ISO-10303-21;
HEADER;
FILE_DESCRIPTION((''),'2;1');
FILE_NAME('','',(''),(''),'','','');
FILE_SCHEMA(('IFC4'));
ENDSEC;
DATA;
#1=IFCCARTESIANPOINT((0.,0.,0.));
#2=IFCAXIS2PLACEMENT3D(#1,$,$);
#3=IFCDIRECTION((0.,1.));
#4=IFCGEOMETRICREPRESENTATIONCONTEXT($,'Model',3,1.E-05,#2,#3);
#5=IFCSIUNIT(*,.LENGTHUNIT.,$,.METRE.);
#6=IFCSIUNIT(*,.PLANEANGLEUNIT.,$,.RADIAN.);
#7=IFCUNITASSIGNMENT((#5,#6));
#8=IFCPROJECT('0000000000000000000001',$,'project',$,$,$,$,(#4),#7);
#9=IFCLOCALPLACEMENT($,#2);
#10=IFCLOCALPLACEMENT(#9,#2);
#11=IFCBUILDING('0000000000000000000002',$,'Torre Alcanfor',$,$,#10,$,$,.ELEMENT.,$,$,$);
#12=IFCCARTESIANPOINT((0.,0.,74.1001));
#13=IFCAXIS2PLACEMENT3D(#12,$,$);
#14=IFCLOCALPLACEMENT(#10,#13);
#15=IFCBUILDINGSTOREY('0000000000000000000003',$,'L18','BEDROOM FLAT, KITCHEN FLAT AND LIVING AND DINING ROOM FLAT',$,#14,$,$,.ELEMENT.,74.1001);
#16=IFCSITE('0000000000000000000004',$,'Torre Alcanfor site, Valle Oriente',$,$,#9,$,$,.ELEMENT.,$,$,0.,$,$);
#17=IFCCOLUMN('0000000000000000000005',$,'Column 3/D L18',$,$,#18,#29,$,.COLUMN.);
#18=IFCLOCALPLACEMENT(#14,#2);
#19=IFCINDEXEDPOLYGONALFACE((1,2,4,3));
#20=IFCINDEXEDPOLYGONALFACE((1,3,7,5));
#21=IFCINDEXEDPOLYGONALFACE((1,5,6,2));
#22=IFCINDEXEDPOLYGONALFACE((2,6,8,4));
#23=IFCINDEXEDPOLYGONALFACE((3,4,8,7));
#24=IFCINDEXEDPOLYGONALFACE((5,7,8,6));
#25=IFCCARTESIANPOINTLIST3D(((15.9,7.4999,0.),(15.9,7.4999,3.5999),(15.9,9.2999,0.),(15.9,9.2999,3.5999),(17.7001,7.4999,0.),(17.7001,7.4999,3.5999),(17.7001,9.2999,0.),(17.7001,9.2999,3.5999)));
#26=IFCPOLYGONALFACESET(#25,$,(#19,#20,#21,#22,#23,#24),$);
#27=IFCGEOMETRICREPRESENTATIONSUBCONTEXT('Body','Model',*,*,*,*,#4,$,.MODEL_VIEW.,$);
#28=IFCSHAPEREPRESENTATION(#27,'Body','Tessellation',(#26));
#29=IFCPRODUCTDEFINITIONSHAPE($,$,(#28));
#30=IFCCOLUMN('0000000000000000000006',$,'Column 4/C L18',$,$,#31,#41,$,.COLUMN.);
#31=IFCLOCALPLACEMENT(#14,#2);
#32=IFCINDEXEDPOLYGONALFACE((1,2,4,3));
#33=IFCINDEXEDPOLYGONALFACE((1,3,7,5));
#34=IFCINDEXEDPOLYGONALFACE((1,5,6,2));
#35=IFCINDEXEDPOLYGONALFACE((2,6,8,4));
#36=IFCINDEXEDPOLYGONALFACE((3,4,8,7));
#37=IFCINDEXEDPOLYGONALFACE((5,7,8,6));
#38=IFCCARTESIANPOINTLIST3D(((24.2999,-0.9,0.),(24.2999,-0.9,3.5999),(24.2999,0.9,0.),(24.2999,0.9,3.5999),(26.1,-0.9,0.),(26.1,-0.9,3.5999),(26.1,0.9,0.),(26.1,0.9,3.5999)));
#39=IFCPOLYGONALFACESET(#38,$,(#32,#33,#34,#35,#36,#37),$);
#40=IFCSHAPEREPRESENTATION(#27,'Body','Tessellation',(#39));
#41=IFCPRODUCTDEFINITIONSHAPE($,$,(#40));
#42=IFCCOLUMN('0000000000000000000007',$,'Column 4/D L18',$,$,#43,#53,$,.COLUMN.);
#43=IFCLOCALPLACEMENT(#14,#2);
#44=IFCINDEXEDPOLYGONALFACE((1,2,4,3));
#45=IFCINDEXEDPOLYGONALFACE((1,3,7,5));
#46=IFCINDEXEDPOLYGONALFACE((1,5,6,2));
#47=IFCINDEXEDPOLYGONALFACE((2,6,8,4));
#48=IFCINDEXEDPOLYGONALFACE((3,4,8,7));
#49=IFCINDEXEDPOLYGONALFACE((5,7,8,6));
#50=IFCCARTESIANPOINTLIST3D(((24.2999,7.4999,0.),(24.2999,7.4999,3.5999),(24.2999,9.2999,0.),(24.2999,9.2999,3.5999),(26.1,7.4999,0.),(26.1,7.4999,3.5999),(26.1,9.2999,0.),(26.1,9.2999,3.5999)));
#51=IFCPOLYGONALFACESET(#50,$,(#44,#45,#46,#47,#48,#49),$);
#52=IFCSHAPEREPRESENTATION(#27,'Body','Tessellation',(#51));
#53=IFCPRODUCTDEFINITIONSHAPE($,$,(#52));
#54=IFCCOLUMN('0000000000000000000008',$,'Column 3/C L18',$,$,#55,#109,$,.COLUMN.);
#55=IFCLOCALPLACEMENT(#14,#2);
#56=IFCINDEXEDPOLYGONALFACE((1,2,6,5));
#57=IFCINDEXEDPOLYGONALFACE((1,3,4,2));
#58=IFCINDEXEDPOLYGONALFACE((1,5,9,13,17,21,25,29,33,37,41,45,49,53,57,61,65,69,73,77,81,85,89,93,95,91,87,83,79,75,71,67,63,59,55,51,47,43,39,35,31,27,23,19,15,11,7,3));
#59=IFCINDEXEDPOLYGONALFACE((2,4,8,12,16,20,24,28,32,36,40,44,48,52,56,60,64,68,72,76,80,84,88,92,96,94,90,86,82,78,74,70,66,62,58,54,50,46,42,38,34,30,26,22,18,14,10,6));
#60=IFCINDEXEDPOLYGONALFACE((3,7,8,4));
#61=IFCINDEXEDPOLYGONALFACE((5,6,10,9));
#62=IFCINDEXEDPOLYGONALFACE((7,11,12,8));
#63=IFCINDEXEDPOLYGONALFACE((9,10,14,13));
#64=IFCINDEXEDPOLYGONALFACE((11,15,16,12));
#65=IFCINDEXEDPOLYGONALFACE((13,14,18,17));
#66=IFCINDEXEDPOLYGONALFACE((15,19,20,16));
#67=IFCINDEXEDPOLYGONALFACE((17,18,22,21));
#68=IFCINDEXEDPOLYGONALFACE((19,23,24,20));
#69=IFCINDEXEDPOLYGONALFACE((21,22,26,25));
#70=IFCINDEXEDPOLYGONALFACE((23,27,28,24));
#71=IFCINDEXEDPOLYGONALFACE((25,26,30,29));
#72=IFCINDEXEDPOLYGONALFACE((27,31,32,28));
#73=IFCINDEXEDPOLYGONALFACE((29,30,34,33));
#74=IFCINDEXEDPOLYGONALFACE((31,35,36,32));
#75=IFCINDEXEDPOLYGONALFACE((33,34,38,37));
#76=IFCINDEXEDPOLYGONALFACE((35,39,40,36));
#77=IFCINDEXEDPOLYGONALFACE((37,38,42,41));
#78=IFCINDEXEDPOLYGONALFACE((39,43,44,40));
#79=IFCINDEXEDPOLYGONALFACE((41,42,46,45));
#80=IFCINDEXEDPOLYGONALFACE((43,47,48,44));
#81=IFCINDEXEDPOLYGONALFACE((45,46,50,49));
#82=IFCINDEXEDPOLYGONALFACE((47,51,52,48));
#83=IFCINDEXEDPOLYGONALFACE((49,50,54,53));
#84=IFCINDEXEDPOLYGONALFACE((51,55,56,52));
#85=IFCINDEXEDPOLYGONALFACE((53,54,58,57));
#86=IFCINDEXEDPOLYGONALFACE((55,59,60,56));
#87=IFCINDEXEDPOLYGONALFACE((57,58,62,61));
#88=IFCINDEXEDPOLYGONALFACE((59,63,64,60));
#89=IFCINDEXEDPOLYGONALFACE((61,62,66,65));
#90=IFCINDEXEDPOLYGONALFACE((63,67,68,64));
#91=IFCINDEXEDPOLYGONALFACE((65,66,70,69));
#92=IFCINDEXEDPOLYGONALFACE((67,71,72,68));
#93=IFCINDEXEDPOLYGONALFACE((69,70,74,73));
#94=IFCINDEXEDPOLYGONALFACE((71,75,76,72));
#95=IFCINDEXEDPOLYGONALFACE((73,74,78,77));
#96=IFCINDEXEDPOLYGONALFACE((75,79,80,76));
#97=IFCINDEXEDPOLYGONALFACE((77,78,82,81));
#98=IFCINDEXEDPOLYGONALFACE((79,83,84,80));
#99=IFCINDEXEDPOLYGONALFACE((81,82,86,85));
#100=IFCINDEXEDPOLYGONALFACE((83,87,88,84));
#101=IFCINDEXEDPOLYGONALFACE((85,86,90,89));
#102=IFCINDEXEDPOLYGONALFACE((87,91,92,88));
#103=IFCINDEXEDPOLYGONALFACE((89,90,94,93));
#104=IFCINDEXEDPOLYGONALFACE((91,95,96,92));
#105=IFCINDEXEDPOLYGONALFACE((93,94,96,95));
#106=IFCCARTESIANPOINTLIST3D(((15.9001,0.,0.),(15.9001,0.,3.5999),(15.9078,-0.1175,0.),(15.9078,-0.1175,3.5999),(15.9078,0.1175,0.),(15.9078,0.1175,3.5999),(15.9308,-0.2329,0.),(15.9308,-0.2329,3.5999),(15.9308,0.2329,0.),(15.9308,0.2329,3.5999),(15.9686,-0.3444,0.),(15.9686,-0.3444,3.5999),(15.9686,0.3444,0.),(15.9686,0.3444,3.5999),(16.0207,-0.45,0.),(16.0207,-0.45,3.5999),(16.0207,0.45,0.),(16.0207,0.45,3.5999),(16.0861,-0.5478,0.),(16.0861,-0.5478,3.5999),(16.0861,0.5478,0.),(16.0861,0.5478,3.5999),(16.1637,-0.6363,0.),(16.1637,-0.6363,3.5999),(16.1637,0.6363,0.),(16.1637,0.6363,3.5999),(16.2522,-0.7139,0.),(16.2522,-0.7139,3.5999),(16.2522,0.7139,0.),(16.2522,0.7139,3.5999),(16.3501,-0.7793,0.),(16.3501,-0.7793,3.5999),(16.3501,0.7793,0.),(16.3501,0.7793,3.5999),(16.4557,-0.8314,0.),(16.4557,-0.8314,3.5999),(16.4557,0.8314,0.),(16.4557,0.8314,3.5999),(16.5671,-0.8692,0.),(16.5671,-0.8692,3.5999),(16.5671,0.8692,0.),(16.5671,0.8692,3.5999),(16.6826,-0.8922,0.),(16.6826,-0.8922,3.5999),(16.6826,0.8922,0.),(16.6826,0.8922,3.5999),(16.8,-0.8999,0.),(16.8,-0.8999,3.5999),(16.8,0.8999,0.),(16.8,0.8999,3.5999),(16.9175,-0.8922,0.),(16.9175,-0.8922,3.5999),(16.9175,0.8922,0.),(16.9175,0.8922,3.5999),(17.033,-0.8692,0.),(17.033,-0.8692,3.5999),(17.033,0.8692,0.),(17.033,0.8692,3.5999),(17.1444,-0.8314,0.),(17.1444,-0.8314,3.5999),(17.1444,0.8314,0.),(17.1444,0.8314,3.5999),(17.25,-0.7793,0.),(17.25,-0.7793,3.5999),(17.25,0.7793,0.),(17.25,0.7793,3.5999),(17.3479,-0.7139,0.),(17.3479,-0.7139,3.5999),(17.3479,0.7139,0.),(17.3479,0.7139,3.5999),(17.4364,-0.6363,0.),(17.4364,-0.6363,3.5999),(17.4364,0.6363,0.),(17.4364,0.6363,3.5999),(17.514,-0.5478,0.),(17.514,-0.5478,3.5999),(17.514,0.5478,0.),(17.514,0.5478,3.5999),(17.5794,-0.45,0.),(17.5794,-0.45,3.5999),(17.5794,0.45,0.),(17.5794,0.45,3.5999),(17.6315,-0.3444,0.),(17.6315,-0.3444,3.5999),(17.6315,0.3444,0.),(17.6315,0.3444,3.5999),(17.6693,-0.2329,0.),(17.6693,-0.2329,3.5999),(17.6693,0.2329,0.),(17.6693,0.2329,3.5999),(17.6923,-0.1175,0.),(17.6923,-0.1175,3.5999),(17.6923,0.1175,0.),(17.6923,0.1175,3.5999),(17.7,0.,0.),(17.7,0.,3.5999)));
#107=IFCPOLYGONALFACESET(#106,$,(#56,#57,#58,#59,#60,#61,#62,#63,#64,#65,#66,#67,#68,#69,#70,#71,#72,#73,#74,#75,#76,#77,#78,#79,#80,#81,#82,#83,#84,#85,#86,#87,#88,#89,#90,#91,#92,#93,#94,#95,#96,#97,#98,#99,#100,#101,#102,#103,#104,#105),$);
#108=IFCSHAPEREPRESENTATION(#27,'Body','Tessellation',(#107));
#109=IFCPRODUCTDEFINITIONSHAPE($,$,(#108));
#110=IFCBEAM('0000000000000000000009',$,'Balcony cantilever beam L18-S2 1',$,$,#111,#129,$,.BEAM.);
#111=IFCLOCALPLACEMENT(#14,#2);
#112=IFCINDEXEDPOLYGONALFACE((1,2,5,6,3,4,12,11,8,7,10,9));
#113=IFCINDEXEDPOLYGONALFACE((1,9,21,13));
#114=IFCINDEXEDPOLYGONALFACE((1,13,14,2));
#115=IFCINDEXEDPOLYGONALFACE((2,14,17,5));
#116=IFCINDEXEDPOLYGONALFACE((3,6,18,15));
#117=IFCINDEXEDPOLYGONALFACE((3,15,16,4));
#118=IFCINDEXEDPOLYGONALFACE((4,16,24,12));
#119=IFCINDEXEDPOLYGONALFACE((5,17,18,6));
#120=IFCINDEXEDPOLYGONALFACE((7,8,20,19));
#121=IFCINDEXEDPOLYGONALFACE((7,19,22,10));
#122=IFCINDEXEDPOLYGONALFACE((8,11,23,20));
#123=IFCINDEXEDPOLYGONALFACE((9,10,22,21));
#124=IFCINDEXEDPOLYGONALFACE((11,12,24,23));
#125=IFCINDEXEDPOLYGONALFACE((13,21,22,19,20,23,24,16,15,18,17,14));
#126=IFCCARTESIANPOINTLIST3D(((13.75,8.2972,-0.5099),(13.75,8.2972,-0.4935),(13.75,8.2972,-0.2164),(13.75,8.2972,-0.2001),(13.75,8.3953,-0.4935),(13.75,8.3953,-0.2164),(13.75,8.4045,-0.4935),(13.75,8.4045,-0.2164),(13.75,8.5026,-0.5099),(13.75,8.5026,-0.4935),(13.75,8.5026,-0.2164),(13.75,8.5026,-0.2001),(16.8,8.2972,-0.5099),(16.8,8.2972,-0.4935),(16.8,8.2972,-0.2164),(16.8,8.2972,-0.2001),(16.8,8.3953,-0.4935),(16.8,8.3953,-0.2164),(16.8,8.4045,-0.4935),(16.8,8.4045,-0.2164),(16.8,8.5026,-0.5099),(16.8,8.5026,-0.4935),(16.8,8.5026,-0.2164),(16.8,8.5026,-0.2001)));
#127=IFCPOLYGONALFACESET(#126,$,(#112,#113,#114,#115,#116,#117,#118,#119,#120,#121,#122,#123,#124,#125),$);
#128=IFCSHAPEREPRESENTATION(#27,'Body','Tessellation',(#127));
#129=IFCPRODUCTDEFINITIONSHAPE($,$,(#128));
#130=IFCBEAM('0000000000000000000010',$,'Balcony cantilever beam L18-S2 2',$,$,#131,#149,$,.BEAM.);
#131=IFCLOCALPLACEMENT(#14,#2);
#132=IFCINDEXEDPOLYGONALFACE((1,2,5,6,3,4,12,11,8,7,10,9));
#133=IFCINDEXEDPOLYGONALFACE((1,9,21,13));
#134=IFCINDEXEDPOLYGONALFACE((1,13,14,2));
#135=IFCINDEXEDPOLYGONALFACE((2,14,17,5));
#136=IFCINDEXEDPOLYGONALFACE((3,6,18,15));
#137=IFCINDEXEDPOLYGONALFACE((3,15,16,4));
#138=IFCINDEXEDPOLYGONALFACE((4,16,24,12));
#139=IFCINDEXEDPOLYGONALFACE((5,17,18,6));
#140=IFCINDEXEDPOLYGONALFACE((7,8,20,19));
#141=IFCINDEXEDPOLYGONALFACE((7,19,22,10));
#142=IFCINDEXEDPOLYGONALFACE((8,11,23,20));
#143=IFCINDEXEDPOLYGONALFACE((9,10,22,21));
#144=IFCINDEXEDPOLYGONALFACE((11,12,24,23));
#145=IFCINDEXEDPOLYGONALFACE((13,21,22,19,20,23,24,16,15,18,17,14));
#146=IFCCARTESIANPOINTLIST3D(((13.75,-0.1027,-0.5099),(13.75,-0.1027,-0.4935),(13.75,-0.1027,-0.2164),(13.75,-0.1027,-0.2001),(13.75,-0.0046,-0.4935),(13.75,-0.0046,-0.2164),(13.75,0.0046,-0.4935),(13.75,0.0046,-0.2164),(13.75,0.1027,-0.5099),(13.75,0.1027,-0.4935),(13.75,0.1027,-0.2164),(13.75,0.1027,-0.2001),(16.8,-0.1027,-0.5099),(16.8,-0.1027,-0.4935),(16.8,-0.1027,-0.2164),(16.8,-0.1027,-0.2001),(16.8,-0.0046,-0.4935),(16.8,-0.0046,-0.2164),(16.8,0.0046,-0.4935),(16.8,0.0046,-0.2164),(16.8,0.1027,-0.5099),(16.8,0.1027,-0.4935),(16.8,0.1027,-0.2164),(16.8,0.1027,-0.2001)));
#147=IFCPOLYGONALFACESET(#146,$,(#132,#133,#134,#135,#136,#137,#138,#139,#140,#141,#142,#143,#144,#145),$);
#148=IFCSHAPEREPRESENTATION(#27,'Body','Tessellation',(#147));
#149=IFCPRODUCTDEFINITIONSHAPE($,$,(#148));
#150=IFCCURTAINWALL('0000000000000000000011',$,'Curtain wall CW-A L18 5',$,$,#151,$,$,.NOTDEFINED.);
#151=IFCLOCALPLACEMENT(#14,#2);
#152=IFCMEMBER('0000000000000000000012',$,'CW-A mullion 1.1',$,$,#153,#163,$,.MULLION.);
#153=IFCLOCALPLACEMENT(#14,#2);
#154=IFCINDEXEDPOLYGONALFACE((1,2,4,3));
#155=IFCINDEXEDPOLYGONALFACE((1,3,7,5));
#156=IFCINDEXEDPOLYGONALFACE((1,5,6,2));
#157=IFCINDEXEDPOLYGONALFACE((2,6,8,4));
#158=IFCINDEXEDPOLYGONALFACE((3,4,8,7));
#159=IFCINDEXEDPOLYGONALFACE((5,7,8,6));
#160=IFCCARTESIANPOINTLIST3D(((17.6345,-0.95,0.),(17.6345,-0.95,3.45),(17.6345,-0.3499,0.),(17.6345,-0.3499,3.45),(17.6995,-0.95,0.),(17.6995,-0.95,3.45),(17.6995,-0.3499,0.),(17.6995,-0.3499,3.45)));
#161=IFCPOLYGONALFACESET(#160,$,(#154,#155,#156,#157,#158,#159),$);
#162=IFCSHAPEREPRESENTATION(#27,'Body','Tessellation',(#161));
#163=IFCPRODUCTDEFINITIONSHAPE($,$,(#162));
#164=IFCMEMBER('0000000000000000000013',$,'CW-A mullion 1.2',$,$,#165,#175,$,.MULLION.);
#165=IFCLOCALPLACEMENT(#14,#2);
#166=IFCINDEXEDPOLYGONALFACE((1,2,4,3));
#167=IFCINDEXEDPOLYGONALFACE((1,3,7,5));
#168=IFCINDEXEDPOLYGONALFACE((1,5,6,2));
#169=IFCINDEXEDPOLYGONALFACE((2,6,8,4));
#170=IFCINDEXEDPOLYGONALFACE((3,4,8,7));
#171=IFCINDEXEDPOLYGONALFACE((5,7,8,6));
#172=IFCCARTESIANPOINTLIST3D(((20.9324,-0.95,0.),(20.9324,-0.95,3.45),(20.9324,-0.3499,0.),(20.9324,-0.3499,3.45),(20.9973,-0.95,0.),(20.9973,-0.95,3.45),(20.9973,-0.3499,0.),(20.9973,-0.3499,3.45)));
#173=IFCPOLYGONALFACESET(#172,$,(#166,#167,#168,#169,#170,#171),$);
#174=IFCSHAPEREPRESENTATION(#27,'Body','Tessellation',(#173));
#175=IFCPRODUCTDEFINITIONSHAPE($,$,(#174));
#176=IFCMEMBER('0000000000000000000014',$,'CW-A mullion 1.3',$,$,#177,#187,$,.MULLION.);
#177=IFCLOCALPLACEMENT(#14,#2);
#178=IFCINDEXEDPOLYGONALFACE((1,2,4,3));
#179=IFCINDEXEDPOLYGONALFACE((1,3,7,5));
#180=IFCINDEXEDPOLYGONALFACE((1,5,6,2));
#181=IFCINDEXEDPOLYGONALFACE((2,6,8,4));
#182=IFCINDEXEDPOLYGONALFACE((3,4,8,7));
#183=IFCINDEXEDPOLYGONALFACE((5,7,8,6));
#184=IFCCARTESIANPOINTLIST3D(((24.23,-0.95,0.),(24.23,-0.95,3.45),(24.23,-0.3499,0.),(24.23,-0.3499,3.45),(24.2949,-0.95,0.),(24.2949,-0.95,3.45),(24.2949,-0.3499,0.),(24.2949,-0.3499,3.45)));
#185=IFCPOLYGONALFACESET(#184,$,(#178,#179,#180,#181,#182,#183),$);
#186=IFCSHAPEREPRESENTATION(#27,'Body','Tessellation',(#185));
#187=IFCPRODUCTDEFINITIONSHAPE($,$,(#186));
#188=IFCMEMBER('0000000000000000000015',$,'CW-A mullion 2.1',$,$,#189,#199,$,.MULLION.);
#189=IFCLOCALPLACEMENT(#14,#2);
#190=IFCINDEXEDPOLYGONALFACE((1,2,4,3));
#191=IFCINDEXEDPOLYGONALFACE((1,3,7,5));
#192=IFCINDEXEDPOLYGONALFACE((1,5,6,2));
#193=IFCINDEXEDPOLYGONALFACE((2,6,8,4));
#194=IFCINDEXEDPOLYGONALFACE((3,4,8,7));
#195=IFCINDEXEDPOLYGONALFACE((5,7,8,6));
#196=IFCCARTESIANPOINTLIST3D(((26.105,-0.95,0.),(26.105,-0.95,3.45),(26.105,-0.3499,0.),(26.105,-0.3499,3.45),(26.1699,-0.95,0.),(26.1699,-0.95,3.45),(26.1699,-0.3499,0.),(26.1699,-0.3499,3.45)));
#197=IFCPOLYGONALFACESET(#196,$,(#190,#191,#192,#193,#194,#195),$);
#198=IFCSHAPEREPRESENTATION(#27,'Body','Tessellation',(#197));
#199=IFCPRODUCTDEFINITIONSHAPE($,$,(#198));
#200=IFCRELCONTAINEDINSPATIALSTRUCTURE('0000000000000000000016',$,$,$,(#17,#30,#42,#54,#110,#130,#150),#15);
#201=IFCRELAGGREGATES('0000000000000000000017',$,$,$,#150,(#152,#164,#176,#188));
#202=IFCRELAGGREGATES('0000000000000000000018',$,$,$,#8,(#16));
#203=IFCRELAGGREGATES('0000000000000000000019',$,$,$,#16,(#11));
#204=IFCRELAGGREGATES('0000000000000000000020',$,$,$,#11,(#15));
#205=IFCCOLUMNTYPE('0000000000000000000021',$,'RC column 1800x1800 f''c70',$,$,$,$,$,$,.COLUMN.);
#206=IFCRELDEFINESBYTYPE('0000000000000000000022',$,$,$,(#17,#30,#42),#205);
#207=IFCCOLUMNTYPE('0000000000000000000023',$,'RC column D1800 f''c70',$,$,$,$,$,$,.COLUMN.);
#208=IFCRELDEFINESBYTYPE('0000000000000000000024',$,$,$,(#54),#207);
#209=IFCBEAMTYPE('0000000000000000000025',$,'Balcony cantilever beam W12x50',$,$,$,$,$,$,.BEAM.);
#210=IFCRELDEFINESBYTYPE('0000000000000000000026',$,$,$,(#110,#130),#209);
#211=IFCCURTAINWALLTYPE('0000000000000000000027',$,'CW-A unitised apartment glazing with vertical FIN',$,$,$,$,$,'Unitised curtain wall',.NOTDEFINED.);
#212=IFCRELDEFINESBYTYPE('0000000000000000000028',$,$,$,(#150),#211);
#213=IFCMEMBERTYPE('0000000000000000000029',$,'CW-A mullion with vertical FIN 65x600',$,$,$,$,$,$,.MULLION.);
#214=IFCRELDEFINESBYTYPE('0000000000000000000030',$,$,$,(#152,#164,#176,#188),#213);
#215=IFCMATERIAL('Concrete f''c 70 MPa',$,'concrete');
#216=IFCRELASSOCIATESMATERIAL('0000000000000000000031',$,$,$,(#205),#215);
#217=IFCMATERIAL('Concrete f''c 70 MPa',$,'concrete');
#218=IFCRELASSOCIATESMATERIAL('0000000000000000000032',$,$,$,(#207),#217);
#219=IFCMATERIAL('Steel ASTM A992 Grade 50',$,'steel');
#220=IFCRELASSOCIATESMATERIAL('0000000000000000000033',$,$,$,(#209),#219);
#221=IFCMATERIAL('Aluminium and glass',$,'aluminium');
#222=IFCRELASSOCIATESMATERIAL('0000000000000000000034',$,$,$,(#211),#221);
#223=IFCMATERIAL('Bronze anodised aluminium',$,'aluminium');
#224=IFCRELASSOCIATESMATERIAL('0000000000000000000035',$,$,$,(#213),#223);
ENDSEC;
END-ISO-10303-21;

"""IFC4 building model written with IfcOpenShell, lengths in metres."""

from ifc_helpers import new_model, si_unit, direction, frame, origin, origin_2d, place, context, subcontext, project, spatial, rectangle, circle, i_section, extrude, material, material_profile, profile_set, type_object, element, aggregate, save


model = new_model("IFC4")

# Units and contexts
model_context = context("Model", 3, precision=1e-05, world=origin(), true_north=direction((0.0, 1.0)))
body_context = subcontext(model_context, "Body", "Model", "MODEL_VIEW")
ifc_project = project(units=[si_unit("LENGTHUNIT", "METRE"), si_unit("PLANEANGLEUNIT", "RADIAN")], contexts=[model_context])

# Site, building, storey
site_placement = place(None, origin())
site = spatial("IfcSite", under=ifc_project, at=site_placement, Name="Torre Alcanfor site, Valle Oriente", CompositionType="ELEMENT", RefElevation=0.0)
building_placement = place(site_placement, origin())
building = spatial("IfcBuilding", under=site, at=building_placement, Name="Torre Alcanfor", CompositionType="ELEMENT")
storey_placement = place(building_placement, frame((0.0, 0.0, 74.1001)))
storey = spatial("IfcBuildingStorey", under=building, at=storey_placement, Name="L18", Description="BEDROOM FLAT, KITCHEN FLAT AND LIVING AND DINING ROOM FLAT", CompositionType="ELEMENT", Elevation=74.1001)

# Columns
ifc_material_1 = material(Name="Concrete f'c 70 MPa", Category="concrete")
ifc_material_profile_1 = material_profile(ifc_material_1, rectangle(XDim=1.8, YDim=1.8, at=origin_2d()), Name="1800x1800")
ifc_profile_set_1 = profile_set([ifc_material_profile_1], Name="Concrete f'c 70 MPa")
column_type_1 = type_object("IfcColumnType", Name="RC column 1800x1800 f'c70", PredefinedType="COLUMN", material=ifc_profile_set_1)
for number, where, z_axis, x_axis, name in (
    (1, (16.8, 8.3999, 0.0), (0.0, 0.0, 1.0), (1.0, 0.0, 0.0), "Column 3/D L18"),
    (2, (25.2, 0.0, 0.0), (0.0, 0.0, 1.0), (1.0, 0.0, 0.0), "Column 4/C L18"),
    (3, (25.2, 8.3999, 0.0), (0.0, 0.0, 1.0), (1.0, 0.0, 0.0), "Column 4/D L18"),
):
    element("IfcColumn", number, at=place(storey_placement, frame(where, z_axis=z_axis, x_axis=x_axis)), inside=storey, type_object=column_type_1, Name=name, PredefinedType="COLUMN", context=body_context, shape_type="SweptSolid", body=[
        extrude(rectangle(XDim=1.8, YDim=1.8, at=origin_2d()), origin(), (0.0, 0.0, 1.0), 3.5999),
    ])
ifc_material_2 = material(Name="Concrete f'c 70 MPa", Category="concrete")
ifc_material_profile_2 = material_profile(ifc_material_2, circle(Radius=0.8999, at=origin_2d()), Name="D1800")
ifc_profile_set_2 = profile_set([ifc_material_profile_2], Name="Concrete f'c 70 MPa")
column_type_2 = type_object("IfcColumnType", Name="RC column D1800 f'c70", PredefinedType="COLUMN", material=ifc_profile_set_2)
column_placement = place(storey_placement, frame((16.8, 0.0, 0.0), z_axis=(0.0, 0.0, 1.0), x_axis=(1.0, 0.0, 0.0)))
element("IfcColumn", 4, at=column_placement, inside=storey, type_object=column_type_2, Name="Column 3/C L18", PredefinedType="COLUMN", context=body_context, shape_type="SweptSolid", body=[
    extrude(circle(Radius=0.8999, at=origin_2d()), origin(), (0.0, 0.0, 1.0), 3.5999),
])

# Beams
ifc_material_3 = material(Name="Steel ASTM A992 Grade 50", Category="steel")
ifc_material_profile_3 = material_profile(ifc_material_3, i_section(OverallWidth=0.2053, OverallDepth=0.3098, WebThickness=0.0093, FlangeThickness=0.0164, at=origin_2d()), Name="W12x50")
ifc_profile_set_3 = profile_set([ifc_material_profile_3], Name="Steel ASTM A992 Grade 50")
beam_type_1 = type_object("IfcBeamType", Name="Balcony cantilever beam W12x50", PredefinedType="BEAM", material=ifc_profile_set_3)
for number, where, z_axis, x_axis, name in (
    (5, (16.8, 8.3999, -0.355), (-1.0, 0.0, 0.0), (0.0, -1.0, 0.0), "Balcony cantilever beam L18-S2 1"),
    (6, (16.8, 0.0, -0.355), (-1.0, 0.0, 0.0), (0.0, -1.0, 0.0), "Balcony cantilever beam L18-S2 2"),
):
    element("IfcBeam", number, at=place(storey_placement, frame(where, z_axis=z_axis, x_axis=x_axis)), inside=storey, type_object=beam_type_1, Name=name, PredefinedType="BEAM", context=body_context, shape_type="SweptSolid", body=[
        extrude(i_section(OverallWidth=0.2053, OverallDepth=0.3098, WebThickness=0.0093, FlangeThickness=0.0164, at=origin_2d()), origin(), (0.0, 0.0, 1.0), 3.05),
    ])

# Curtain wall, members
ifc_material_4 = material(Name="Aluminium and glass", Category="aluminium")
curtain_wall_type = type_object("IfcCurtainWallType", Name="CW-A unitised apartment glazing with vertical FIN", ElementType="Unitised curtain wall", PredefinedType="NOTDEFINED", material=ifc_material_4)
curtain_wall_placement = place(storey_placement, origin())
curtain_wall = element("IfcCurtainWall", 7, at=curtain_wall_placement, inside=storey, type_object=curtain_wall_type, Name="Curtain wall CW-A L18 5", PredefinedType="NOTDEFINED")
ifc_material_5 = material(Name="Bronze anodised aluminium", Category="aluminium")
ifc_material_profile_4 = material_profile(ifc_material_5, rectangle(XDim=0.6001, YDim=0.0649, at=origin_2d()), Name="CW-A mullion 65x600")
ifc_profile_set_4 = profile_set([ifc_material_profile_4], Name="Bronze anodised aluminium")
member_type_1 = type_object("IfcMemberType", Name="CW-A mullion with vertical FIN 65x600", PredefinedType="MULLION", material=ifc_profile_set_4)
member_1_placement = place(storey_placement, frame((17.667, -0.6499, 0.0), z_axis=(0.0, 0.0, 1.0), x_axis=(0.0, 1.0, 0.0)))
member_1 = element("IfcMember", 8, at=member_1_placement, type_object=member_type_1, Name="CW-A mullion 1.1", PredefinedType="MULLION", context=body_context, shape_type="SweptSolid", body=[
    extrude(rectangle(XDim=0.6001, YDim=0.0649, at=origin_2d()), origin(), (0.0, 0.0, 1.0), 3.45),
])
member_2_placement = place(storey_placement, frame((20.9648, -0.6499, 0.0), z_axis=(0.0, 0.0, 1.0), x_axis=(0.0, 1.0, 0.0)))
member_2 = element("IfcMember", 9, at=member_2_placement, type_object=member_type_1, Name="CW-A mullion 1.2", PredefinedType="MULLION", context=body_context, shape_type="SweptSolid", body=[
    extrude(rectangle(XDim=0.6001, YDim=0.0649, at=origin_2d()), origin(), (0.0, 0.0, 1.0), 3.45),
])
member_3_placement = place(storey_placement, frame((24.2625, -0.6499, 0.0), z_axis=(0.0, 0.0, 1.0), x_axis=(0.0, 1.0, 0.0)))
member_3 = element("IfcMember", 10, at=member_3_placement, type_object=member_type_1, Name="CW-A mullion 1.3", PredefinedType="MULLION", context=body_context, shape_type="SweptSolid", body=[
    extrude(rectangle(XDim=0.6001, YDim=0.0649, at=origin_2d()), origin(), (0.0, 0.0, 1.0), 3.45),
])
member_4_placement = place(storey_placement, frame((26.1375, -0.6499, 0.0), z_axis=(0.0, 0.0, 1.0), x_axis=(0.0, 1.0, 0.0)))
member_4 = element("IfcMember", 11, at=member_4_placement, type_object=member_type_1, Name="CW-A mullion 2.1", PredefinedType="MULLION", context=body_context, shape_type="SweptSolid", body=[
    extrude(rectangle(XDim=0.6001, YDim=0.0649, at=origin_2d()), origin(), (0.0, 0.0, 1.0), 3.45),
])

aggregate(curtain_wall, [member_1, member_2, member_3, member_4])

save(model, "model.ifc")
